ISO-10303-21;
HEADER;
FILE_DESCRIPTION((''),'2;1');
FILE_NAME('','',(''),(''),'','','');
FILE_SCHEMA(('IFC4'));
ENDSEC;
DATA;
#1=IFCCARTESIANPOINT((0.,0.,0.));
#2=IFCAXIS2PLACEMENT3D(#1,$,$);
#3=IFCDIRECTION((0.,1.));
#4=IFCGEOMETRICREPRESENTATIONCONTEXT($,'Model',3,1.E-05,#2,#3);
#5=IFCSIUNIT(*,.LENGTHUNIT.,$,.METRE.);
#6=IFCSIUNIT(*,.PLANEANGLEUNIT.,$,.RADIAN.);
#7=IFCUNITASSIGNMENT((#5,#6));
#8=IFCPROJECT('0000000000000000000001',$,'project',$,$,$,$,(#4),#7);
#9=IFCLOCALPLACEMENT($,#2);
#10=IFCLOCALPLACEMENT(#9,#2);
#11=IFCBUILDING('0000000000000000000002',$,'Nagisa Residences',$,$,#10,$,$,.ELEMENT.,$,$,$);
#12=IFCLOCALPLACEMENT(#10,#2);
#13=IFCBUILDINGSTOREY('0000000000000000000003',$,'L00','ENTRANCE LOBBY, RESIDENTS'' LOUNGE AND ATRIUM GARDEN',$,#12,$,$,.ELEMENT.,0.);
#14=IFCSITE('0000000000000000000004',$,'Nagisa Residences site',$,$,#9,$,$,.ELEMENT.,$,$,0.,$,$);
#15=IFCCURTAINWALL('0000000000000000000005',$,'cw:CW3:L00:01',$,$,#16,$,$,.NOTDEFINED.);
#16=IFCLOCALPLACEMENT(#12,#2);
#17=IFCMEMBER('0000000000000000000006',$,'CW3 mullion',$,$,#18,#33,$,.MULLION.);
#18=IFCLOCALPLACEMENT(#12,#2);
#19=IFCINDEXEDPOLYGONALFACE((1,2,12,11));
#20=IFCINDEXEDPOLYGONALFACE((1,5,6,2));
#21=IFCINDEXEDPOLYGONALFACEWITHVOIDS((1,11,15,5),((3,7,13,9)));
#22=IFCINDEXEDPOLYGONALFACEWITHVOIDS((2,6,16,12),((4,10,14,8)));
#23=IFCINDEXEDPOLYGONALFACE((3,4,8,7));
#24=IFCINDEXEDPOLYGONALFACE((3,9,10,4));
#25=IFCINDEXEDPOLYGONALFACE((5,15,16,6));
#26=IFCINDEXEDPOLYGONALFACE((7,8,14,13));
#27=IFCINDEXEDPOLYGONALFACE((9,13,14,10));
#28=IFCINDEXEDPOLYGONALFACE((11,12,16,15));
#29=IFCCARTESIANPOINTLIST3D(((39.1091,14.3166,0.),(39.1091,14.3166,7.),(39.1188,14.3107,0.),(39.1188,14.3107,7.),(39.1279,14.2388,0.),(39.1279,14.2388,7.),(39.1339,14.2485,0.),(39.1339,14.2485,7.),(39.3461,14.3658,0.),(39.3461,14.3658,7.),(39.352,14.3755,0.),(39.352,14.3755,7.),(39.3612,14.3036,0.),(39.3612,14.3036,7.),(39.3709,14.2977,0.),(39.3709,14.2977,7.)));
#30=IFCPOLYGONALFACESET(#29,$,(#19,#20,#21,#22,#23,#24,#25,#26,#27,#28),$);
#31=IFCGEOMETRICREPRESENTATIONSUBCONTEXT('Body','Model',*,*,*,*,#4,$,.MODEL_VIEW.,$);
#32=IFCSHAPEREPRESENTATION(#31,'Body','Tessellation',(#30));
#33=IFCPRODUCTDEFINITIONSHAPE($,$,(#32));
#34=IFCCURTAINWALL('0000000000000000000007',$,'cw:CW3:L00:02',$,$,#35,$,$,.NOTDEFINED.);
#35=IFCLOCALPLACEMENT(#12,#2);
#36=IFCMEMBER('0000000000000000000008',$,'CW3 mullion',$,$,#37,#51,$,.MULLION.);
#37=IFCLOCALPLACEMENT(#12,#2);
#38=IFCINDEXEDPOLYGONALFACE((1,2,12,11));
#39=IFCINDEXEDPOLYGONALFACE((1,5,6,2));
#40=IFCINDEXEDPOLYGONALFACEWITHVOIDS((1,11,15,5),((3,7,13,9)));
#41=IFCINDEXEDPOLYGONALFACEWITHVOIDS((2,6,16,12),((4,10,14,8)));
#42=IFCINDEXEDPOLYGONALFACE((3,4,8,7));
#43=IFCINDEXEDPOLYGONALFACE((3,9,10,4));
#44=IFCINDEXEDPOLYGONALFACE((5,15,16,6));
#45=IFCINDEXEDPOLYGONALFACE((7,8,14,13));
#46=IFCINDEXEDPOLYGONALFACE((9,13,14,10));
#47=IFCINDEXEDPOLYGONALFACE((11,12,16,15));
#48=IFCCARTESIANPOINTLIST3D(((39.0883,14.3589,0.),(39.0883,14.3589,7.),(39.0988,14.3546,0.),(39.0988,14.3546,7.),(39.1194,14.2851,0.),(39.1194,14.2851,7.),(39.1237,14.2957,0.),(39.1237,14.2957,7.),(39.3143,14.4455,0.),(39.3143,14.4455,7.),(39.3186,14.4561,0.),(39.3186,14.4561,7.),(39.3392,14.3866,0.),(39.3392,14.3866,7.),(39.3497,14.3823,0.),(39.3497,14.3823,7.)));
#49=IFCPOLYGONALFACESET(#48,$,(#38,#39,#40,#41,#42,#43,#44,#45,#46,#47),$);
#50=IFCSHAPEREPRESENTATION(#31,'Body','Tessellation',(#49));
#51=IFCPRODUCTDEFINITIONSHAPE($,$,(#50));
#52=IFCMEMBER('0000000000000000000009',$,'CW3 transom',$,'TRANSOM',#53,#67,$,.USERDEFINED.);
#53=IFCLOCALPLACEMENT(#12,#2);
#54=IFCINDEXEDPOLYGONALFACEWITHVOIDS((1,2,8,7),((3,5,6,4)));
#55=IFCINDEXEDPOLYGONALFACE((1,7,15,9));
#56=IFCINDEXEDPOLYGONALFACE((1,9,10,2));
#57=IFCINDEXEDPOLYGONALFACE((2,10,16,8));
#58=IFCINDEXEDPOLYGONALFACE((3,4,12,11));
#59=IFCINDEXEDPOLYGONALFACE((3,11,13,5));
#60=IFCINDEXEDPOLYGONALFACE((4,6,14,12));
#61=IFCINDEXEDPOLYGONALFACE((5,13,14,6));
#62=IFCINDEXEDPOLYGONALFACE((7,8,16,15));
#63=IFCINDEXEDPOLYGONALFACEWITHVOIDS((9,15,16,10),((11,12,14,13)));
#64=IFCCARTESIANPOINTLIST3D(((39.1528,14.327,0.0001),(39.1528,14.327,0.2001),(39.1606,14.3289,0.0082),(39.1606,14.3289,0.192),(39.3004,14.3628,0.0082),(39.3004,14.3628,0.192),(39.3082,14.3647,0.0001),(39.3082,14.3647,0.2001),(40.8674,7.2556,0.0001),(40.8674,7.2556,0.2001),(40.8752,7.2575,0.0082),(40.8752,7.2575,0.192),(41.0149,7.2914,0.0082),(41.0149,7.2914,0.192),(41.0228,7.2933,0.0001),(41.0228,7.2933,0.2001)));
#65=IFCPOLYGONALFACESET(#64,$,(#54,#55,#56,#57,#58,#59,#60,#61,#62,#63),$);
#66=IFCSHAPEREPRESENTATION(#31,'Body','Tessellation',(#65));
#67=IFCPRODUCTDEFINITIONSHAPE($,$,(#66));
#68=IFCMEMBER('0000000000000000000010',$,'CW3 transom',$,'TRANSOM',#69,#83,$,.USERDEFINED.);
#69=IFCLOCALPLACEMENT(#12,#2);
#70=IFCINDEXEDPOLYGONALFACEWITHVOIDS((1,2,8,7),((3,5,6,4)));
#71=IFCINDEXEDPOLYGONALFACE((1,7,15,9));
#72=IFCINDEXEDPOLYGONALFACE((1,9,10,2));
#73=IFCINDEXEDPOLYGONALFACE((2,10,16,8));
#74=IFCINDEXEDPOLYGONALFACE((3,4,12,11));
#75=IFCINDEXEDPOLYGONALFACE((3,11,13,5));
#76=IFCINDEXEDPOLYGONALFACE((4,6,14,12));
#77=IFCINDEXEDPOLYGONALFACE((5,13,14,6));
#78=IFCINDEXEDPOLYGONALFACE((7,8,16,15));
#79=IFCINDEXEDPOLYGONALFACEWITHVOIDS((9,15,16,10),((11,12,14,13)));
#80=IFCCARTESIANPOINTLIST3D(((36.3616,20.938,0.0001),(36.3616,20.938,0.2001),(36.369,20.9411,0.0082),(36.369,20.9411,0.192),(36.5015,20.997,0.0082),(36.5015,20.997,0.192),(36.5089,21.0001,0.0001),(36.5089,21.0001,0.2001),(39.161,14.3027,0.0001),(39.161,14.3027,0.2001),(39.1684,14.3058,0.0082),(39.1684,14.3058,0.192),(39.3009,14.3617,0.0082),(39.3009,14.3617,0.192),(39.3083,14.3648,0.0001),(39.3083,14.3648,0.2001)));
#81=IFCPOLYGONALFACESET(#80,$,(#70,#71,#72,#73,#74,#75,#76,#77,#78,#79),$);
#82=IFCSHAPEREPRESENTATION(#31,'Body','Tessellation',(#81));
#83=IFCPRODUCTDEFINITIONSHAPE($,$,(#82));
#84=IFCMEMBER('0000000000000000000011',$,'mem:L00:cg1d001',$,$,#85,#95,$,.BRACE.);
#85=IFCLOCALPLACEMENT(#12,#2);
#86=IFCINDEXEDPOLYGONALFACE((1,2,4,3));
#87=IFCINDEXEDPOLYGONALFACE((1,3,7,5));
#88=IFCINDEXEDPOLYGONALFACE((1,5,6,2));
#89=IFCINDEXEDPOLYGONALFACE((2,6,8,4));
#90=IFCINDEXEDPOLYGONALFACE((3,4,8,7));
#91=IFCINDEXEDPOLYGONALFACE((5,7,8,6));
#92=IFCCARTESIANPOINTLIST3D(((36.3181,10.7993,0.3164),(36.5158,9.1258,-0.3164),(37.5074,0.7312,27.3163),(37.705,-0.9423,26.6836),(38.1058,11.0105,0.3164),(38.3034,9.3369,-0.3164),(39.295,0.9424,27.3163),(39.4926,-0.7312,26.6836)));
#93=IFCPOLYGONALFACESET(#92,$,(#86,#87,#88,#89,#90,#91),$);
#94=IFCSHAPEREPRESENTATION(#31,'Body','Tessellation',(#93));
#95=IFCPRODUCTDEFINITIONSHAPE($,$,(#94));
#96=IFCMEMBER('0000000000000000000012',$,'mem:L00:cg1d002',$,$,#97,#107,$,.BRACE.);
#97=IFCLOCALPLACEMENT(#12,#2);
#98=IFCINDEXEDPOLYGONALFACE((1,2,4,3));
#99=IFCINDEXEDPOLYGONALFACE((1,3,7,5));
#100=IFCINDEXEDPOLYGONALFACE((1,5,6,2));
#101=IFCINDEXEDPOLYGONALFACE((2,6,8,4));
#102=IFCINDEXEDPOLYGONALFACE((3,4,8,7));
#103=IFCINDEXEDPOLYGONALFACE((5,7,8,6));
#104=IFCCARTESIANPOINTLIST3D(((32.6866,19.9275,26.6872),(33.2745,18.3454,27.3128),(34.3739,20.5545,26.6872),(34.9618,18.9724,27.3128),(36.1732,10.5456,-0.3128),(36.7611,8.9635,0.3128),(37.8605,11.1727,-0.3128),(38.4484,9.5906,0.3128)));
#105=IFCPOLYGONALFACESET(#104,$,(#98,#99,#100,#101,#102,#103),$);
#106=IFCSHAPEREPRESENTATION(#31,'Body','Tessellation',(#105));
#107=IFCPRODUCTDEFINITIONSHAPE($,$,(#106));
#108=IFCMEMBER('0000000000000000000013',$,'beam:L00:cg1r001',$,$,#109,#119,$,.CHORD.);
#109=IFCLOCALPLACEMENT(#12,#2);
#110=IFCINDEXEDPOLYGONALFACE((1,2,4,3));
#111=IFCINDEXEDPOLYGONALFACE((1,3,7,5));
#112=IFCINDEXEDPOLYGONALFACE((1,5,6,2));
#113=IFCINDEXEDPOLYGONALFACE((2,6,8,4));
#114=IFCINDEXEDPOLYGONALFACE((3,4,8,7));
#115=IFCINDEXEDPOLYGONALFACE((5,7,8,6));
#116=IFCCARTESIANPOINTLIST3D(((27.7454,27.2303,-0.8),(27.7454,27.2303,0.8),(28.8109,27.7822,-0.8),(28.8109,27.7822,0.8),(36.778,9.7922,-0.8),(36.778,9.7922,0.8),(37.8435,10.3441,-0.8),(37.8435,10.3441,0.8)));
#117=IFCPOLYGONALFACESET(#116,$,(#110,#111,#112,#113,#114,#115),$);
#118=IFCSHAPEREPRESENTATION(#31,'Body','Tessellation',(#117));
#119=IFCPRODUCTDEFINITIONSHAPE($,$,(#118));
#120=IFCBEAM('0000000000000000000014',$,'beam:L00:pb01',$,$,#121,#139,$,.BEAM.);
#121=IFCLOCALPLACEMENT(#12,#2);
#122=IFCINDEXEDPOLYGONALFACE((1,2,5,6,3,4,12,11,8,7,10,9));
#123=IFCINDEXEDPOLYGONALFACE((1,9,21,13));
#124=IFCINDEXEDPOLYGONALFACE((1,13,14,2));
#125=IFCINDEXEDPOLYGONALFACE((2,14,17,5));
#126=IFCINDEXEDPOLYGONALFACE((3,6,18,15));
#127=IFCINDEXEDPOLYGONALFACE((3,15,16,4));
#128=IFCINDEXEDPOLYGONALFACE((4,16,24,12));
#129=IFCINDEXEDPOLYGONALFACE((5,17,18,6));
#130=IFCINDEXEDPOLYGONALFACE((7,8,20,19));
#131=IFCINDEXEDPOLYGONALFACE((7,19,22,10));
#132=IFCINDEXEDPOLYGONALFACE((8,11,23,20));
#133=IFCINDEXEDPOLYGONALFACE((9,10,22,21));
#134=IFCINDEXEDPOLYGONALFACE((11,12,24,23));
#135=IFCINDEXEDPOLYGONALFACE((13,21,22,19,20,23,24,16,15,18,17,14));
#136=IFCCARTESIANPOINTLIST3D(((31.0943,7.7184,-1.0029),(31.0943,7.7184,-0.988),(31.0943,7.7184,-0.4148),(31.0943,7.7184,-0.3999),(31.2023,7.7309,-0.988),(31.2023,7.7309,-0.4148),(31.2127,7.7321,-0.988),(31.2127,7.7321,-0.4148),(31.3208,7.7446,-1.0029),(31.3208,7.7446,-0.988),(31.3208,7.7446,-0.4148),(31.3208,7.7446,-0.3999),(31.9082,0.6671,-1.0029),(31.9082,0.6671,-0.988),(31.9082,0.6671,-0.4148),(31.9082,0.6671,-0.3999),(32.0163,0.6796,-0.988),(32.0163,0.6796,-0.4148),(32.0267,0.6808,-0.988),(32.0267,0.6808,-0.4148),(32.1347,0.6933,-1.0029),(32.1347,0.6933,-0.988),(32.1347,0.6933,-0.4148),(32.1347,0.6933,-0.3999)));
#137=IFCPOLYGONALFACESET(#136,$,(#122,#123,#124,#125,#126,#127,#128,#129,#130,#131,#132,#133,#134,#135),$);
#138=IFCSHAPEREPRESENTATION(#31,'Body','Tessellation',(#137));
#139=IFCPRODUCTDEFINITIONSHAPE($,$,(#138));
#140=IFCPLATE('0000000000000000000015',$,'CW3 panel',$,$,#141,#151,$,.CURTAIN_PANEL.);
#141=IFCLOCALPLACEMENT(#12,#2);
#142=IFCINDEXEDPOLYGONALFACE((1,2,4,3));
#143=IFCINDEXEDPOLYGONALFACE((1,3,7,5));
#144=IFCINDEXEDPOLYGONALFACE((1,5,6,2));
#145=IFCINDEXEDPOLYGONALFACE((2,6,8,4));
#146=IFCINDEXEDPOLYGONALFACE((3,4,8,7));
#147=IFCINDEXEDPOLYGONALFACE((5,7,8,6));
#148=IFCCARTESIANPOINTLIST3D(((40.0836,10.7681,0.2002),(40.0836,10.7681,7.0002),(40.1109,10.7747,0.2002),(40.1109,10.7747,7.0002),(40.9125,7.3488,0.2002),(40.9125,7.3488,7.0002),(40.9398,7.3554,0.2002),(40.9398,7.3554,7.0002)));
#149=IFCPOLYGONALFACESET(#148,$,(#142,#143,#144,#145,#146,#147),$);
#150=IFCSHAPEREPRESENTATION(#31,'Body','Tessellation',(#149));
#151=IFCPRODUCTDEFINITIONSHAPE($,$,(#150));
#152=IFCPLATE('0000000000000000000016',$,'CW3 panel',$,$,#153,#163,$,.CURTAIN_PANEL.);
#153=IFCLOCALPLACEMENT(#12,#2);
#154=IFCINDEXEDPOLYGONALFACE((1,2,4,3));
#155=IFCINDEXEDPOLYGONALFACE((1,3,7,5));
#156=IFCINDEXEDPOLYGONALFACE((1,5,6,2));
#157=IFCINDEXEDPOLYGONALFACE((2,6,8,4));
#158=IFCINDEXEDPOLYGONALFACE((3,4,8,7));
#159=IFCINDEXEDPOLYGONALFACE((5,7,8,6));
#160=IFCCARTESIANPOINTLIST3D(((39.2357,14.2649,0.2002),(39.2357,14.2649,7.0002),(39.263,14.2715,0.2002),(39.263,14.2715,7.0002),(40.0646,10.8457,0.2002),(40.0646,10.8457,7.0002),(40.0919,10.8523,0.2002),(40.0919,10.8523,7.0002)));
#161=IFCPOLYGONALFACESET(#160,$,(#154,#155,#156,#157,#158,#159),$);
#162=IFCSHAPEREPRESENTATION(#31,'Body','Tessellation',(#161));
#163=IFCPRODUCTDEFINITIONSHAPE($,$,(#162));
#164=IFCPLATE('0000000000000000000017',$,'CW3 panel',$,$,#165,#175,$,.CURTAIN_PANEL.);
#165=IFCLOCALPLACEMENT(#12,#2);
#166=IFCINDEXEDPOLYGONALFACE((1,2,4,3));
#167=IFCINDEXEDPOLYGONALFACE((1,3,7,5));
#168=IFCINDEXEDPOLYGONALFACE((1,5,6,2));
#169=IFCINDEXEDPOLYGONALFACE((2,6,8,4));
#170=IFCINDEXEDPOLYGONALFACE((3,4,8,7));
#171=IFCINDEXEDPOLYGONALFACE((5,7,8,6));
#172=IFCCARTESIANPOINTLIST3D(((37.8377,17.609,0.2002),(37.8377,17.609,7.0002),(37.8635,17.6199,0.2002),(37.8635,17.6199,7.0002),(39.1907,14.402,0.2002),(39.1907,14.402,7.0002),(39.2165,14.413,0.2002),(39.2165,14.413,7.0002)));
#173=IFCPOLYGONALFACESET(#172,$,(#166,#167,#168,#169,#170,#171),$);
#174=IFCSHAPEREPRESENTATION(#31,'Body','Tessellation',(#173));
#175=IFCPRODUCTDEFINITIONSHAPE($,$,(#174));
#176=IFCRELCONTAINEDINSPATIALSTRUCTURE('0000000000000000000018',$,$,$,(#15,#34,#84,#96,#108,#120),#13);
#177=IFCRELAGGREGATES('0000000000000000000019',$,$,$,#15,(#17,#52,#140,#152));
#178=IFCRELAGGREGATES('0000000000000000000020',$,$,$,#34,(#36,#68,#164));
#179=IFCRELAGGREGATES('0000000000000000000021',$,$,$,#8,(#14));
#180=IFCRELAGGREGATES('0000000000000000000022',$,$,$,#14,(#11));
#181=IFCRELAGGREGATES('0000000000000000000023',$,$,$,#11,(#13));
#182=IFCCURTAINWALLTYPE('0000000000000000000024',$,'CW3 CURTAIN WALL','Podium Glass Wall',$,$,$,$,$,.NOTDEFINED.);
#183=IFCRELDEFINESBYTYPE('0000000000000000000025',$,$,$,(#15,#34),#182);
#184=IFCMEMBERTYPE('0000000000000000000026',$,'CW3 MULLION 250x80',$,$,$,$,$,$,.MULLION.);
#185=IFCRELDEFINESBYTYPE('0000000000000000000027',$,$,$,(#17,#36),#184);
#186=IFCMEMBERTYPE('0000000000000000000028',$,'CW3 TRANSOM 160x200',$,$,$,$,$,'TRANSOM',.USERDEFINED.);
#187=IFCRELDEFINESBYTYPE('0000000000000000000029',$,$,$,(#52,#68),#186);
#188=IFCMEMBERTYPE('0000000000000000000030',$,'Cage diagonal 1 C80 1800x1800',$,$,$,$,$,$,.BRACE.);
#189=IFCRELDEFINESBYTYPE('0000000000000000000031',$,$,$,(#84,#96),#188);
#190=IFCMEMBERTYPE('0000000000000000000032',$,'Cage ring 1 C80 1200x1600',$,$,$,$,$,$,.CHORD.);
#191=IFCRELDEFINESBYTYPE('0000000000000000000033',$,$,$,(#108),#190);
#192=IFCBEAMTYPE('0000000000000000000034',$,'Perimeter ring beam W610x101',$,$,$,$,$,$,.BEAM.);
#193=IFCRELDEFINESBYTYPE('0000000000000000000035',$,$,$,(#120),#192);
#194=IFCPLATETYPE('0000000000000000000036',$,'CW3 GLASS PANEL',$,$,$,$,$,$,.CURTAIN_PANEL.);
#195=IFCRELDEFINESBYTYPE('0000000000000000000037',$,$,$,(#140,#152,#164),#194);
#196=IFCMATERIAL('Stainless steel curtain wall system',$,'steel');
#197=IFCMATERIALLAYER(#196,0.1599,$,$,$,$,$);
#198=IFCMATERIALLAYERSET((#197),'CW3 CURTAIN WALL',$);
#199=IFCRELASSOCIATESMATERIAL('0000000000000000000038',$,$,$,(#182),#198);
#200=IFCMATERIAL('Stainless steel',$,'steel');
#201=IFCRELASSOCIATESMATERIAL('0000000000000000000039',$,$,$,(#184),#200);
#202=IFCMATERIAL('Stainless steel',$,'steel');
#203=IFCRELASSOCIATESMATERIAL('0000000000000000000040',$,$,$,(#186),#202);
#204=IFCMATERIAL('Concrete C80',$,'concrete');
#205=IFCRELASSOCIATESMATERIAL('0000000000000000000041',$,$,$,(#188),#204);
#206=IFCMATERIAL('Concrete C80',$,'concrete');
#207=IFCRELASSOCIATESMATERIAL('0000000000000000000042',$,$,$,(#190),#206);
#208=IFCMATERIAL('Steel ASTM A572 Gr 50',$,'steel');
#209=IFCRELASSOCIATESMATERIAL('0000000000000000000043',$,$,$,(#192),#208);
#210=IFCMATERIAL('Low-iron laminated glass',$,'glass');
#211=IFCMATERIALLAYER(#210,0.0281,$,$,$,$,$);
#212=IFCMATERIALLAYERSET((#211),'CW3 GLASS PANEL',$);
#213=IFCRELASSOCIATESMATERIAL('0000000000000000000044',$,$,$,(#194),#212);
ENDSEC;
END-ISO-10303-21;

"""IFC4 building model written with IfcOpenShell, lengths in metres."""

from ifc_helpers import new_model, si_unit, direction, frame, origin, origin_2d, place, context, subcontext, project, spatial, rectangle, hollow_rectangle, i_section, extrude, material, layer, layer_set, material_profile, profile_set, type_object, element, aggregate, save


model = new_model("IFC4")

# Units and contexts
model_context = context("Model", 3, precision=1e-05, world=origin(), true_north=direction((0.0, 1.0)))
body_context = subcontext(model_context, "Body", "Model", "MODEL_VIEW")
ifc_project = project(units=[si_unit("LENGTHUNIT", "METRE"), si_unit("PLANEANGLEUNIT", "RADIAN")], contexts=[model_context])

# Site, building, storey
site_placement = place(None, origin())
site = spatial("IfcSite", under=ifc_project, at=site_placement, Name="Nagisa Residences site", CompositionType="ELEMENT", RefElevation=0.0)
building_placement = place(site_placement, origin())
building = spatial("IfcBuilding", under=site, at=building_placement, Name="Nagisa Residences", CompositionType="ELEMENT")
storey_placement = place(building_placement, origin())
storey = spatial("IfcBuildingStorey", under=building, at=storey_placement, Name="L00", Description="ENTRANCE LOBBY, RESIDENTS' LOUNGE AND ATRIUM GARDEN", CompositionType="ELEMENT", Elevation=0.0)

# Curtain wall, member
ifc_material_1 = material(Name="Stainless steel curtain wall system", Category="steel")
ifc_layer_1 = layer(ifc_material_1, 0.1599)
ifc_layer_set_1 = layer_set([ifc_layer_1], Name="CW3 CURTAIN WALL")
curtain_wall_type = type_object("IfcCurtainWallType", Name="CW3 CURTAIN WALL", Description="Podium Glass Wall", PredefinedType="NOTDEFINED", material=ifc_layer_set_1)
curtain_wall_1_placement = place(storey_placement, origin())
curtain_wall_1 = element("IfcCurtainWall", 1, at=curtain_wall_1_placement, inside=storey, type_object=curtain_wall_type, Name="cw:CW3:L00:01", PredefinedType="NOTDEFINED")
ifc_material_2 = material(Name="Stainless steel", Category="steel")
ifc_material_profile_1 = material_profile(ifc_material_2, hollow_rectangle(XDim=0.25, YDim=0.0801, WallThickness=0.0081, at=origin_2d()), Name="CW3 MULLION 250x80")
ifc_profile_set_1 = profile_set([ifc_material_profile_1], Name="Stainless steel")
member_type_1 = type_object("IfcMemberType", Name="CW3 MULLION 250x80", PredefinedType="MULLION", material=ifc_profile_set_1)
member_1_placement = place(storey_placement, frame((39.24, 14.3071, 0.0), z_axis=(0.0, 0.0, 1.0), x_axis=(-0.971849, -0.235606, 0.0)))
member_1 = element("IfcMember", 2, at=member_1_placement, type_object=member_type_1, Name="CW3 mullion", PredefinedType="MULLION", context=body_context, shape_type="SweptSolid", body=[
    extrude(hollow_rectangle(XDim=0.25, YDim=0.0801, WallThickness=0.0081, at=origin_2d()), origin(), (0.0, 0.0, 1.0), 7.0),
])

# Curtain wall, member
curtain_wall_2_placement = place(storey_placement, origin())
curtain_wall_2 = element("IfcCurtainWall", 3, at=curtain_wall_2_placement, inside=storey, type_object=curtain_wall_type, Name="cw:CW3:L00:02", PredefinedType="NOTDEFINED")
member_2_placement = place(storey_placement, frame((39.219, 14.3706, 0.0), z_axis=(0.0, 0.0, 1.0), x_axis=(-0.921357, -0.388718, 0.0)))
member_2 = element("IfcMember", 4, at=member_2_placement, type_object=member_type_1, Name="CW3 mullion", PredefinedType="MULLION", context=body_context, shape_type="SweptSolid", body=[
    extrude(hollow_rectangle(XDim=0.25, YDim=0.0801, WallThickness=0.0081, at=origin_2d()), origin(), (0.0, 0.0, 1.0), 7.0),
])

# Members
ifc_material_3 = material(Name="Stainless steel", Category="steel")
ifc_material_profile_2 = material_profile(ifc_material_3, hollow_rectangle(XDim=0.1599, YDim=0.2, WallThickness=0.0081, at=origin_2d()), Name="CW3 TRANSOM 160x200")
ifc_profile_set_2 = profile_set([ifc_material_profile_2], Name="Stainless steel")
member_type_2 = type_object("IfcMemberType", Name="CW3 TRANSOM 160x200", ElementType="TRANSOM", PredefinedType="USERDEFINED", material=ifc_profile_set_2)
member_3_placement = place(storey_placement, frame((40.9451, 7.2744, 0.1001), z_axis=(-0.235637, 0.971841, 0.0), x_axis=(-0.971841, -0.235637, 0.0)))
member_3 = element("IfcMember", 5, at=member_3_placement, type_object=member_type_2, Name="CW3 transom", ObjectType="TRANSOM", PredefinedType="USERDEFINED", context=body_context, shape_type="SweptSolid", body=[
    extrude(hollow_rectangle(XDim=0.1599, YDim=0.2, WallThickness=0.0081, at=origin_2d()), origin(), (0.0, 0.0, 1.0), 7.2764),
])
member_4_placement = place(storey_placement, frame((39.2346, 14.3337, 0.1001), z_axis=(-0.388709, 0.921361, 0.0), x_axis=(-0.921361, -0.388709, 0.0)))
member_4 = element("IfcMember", 6, at=member_4_placement, type_object=member_type_2, Name="CW3 transom", ObjectType="TRANSOM", PredefinedType="USERDEFINED", context=body_context, shape_type="SweptSolid", body=[
    extrude(hollow_rectangle(XDim=0.1599, YDim=0.2, WallThickness=0.0081, at=origin_2d()), origin(), (0.0, 0.0, 1.0), 7.2017),
])

# Members
ifc_material_4 = material(Name="Concrete C80", Category="concrete")
ifc_material_profile_3 = material_profile(ifc_material_4, rectangle(XDim=1.8, YDim=1.8, at=origin_2d()), Name="C80 1800x1800")
ifc_profile_set_3 = profile_set([ifc_material_profile_3], Name="Concrete C80")
member_type_3 = type_object("IfcMemberType", Name="Cage diagonal 1 C80 1800x1800", PredefinedType="BRACE", material=ifc_profile_set_3)
member_5_placement = place(storey_placement, frame((37.3108, 10.0681, 0.0), z_axis=(0.041234, -0.349095, 0.93618), x_axis=(0.993096, 0.117301, 0.0)))
element("IfcMember", 7, at=member_5_placement, inside=storey, type_object=member_type_3, Name="mem:L00:cg1d001", PredefinedType="BRACE", context=body_context, shape_type="SweptSolid", body=[
    extrude(rectangle(XDim=1.8, YDim=1.8, at=origin_2d()), origin(), (0.0, 0.0, 1.0), 28.8406),
])
member_6_placement = place(storey_placement, frame((37.3108, 10.0681, 0.0), z_axis=(-0.121081, 0.32581, 0.93765), x_axis=(-0.937364, -0.348352, 0.0)))
element("IfcMember", 8, at=member_6_placement, inside=storey, type_object=member_type_3, Name="mem:L00:cg1d002", PredefinedType="BRACE", context=body_context, shape_type="SweptSolid", body=[
    extrude(rectangle(XDim=1.8, YDim=1.8, at=origin_2d()), origin(), (0.0, 0.0, 1.0), 28.7954),
])
ifc_material_5 = material(Name="Concrete C80", Category="concrete")
ifc_material_profile_4 = material_profile(ifc_material_5, rectangle(XDim=1.2, YDim=1.6001, at=origin_2d()), Name="C80 1200x1600")
ifc_profile_set_4 = profile_set([ifc_material_profile_4], Name="Concrete C80")
member_type_4 = type_object("IfcMemberType", Name="Cage ring 1 C80 1200x1600", PredefinedType="CHORD", material=ifc_profile_set_4)
member_7_placement = place(storey_placement, frame((37.3108, 10.0681, 0.0), z_axis=(-0.459943, 0.887949, 0.0), x_axis=(-0.887949, -0.459943, 0.0)))
element("IfcMember", 9, at=member_7_placement, inside=storey, type_object=member_type_4, Name="beam:L00:cg1r001", PredefinedType="CHORD", context=body_context, shape_type="SweptSolid", body=[
    extrude(rectangle(XDim=1.2, YDim=1.6001, at=origin_2d()), origin(), (0.0, 0.0, 1.0), 19.6387),
])

# Beam
ifc_material_6 = material(Name="Steel ASTM A572 Gr 50", Category="steel")
ifc_material_profile_5 = material_profile(ifc_material_6, i_section(OverallWidth=0.228, OverallDepth=0.603, WebThickness=0.0105, FlangeThickness=0.0149, at=origin_2d()), Name="W610x101")
ifc_profile_set_5 = profile_set([ifc_material_profile_5], Name="Steel ASTM A572 Gr 50")
beam_type_1 = type_object("IfcBeamType", Name="Perimeter ring beam W610x101", PredefinedType="BEAM", material=ifc_profile_set_5)
beam_1_placement = place(storey_placement, frame((32.0215, 0.6802, -0.7014), z_axis=(-0.114674, 0.993403, 0.0), x_axis=(-0.993403, -0.114674, 0.0)))
element("IfcBeam", 10, at=beam_1_placement, inside=storey, type_object=beam_type_1, Name="beam:L00:pb01", PredefinedType="BEAM", context=body_context, shape_type="SweptSolid", body=[
    extrude(i_section(OverallWidth=0.228, OverallDepth=0.603, WebThickness=0.0105, FlangeThickness=0.0149, at=origin_2d()), origin(), (0.0, 0.0, 1.0), 7.0981),
])

# Plates
ifc_material_7 = material(Name="Low-iron laminated glass", Category="glass")
ifc_layer_2 = layer(ifc_material_7, 0.0281)
ifc_layer_set_2 = layer_set([ifc_layer_2], Name="CW3 GLASS PANEL")
plate_type = type_object("IfcPlateType", Name="CW3 GLASS PANEL", PredefinedType="CURTAIN_PANEL", material=ifc_layer_set_2)
plate_1_placement = place(storey_placement, frame((40.5117, 9.0618, 0.2002), z_axis=(0.0, 0.0, 1.0), x_axis=(-0.235606, 0.971849, 0.0)))
plate_1 = element("IfcPlate", 11, at=plate_1_placement, type_object=plate_type, Name="CW3 panel", PredefinedType="CURTAIN_PANEL", context=body_context, shape_type="SweptSolid", body=[
    extrude(rectangle(XDim=3.5183, YDim=0.0281, at=origin_2d()), origin(), (0.0, 0.0, 1.0), 6.8),
])
plate_2_placement = place(storey_placement, frame((39.6638, 12.5586, 0.2002), z_axis=(0.0, 0.0, 1.0), x_axis=(-0.235606, 0.971849, 0.0)))
plate_2 = element("IfcPlate", 12, at=plate_2_placement, type_object=plate_type, Name="CW3 panel", PredefinedType="CURTAIN_PANEL", context=body_context, shape_type="SweptSolid", body=[
    extrude(rectangle(XDim=3.5183, YDim=0.0281, at=origin_2d()), origin(), (0.0, 0.0, 1.0), 6.8),
])
aggregate(curtain_wall_1, [member_1, member_3, plate_1, plate_2])
plate_3_placement = place(storey_placement, frame((38.5271, 16.011, 0.2002), z_axis=(0.0, 0.0, 1.0), x_axis=(-0.388718, 0.921357, 0.0)))
plate_3 = element("IfcPlate", 13, at=plate_3_placement, type_object=plate_type, Name="CW3 panel", PredefinedType="CURTAIN_PANEL", context=body_context, shape_type="SweptSolid", body=[
    extrude(rectangle(XDim=3.4807, YDim=0.0281, at=origin_2d()), origin(), (0.0, 0.0, 1.0), 6.8),
])
aggregate(curtain_wall_2, [member_2, member_4, plate_3])

save(model, "model.ifc")
